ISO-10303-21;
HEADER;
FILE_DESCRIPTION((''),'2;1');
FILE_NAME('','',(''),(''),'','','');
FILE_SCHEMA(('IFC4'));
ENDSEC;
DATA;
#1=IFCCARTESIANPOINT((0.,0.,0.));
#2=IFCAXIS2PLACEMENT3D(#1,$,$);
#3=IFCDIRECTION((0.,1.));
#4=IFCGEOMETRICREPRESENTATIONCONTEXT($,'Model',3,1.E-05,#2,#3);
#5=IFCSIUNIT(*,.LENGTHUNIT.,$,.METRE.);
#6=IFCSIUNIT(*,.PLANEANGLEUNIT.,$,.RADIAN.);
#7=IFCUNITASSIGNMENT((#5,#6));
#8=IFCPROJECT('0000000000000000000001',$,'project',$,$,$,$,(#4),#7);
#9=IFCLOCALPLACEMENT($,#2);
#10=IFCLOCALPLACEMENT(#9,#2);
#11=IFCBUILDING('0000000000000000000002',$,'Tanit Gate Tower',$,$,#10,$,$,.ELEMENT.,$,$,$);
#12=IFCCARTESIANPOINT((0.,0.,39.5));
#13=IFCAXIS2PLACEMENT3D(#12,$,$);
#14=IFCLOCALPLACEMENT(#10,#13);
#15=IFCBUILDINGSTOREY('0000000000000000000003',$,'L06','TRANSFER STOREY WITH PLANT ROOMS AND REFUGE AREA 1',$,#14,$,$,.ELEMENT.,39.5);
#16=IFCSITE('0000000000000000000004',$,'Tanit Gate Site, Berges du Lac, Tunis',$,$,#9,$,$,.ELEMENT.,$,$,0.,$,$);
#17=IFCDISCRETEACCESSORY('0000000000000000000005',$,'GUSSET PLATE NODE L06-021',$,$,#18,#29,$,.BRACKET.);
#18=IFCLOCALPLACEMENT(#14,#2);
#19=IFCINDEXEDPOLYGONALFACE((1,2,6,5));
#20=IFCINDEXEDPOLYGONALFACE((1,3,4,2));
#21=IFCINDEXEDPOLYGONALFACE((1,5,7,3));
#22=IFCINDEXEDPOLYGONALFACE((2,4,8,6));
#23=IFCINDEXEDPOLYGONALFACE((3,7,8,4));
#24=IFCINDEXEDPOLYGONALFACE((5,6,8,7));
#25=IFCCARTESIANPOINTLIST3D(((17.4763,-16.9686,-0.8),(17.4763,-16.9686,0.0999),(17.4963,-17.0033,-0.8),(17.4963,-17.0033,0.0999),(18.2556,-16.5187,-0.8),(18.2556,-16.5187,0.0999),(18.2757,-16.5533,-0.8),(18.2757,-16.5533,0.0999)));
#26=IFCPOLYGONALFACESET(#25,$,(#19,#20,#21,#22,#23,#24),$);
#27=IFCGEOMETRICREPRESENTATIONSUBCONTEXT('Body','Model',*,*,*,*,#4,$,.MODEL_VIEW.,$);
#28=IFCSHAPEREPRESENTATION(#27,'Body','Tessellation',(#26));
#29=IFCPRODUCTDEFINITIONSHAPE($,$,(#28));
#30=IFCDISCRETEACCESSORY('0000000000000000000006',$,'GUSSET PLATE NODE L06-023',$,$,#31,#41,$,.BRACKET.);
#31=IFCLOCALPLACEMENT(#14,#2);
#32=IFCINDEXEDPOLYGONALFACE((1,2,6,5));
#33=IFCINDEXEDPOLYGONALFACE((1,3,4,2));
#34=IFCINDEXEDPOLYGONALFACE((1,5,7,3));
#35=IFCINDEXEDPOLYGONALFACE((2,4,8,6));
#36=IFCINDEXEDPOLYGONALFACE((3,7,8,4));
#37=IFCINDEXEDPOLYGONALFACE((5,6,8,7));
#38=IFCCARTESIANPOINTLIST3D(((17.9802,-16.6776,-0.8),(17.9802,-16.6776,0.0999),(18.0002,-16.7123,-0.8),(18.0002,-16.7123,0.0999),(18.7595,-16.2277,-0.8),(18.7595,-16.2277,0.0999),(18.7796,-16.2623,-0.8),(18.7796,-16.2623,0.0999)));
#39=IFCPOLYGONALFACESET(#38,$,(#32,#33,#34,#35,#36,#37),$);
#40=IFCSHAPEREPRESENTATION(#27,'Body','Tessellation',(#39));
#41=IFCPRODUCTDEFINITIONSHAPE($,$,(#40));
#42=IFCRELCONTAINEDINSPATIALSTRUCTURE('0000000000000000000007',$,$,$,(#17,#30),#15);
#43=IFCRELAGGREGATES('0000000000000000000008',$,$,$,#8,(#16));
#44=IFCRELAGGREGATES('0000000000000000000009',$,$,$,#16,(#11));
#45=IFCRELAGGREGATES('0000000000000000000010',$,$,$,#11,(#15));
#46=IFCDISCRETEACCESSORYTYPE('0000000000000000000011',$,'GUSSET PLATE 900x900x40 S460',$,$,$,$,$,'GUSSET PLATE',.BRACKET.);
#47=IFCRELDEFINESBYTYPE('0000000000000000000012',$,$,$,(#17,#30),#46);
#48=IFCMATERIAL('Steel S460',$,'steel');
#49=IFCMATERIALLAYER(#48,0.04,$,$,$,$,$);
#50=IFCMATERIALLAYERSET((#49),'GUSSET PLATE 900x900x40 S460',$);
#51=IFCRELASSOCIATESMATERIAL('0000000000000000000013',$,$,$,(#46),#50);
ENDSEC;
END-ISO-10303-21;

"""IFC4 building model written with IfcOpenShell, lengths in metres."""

from ifc_helpers import new_model, si_unit, direction, frame, origin, origin_2d, place, context, subcontext, project, spatial, rectangle, extrude, material, layer, layer_set, type_object, element, save


model = new_model("IFC4")

# Units and contexts
model_context = context("Model", 3, precision=1e-05, world=origin(), true_north=direction((0.0, 1.0)))
body_context = subcontext(model_context, "Body", "Model", "MODEL_VIEW")
ifc_project = project(units=[si_unit("LENGTHUNIT", "METRE"), si_unit("PLANEANGLEUNIT", "RADIAN")], contexts=[model_context])

# Site, building, storey
site_placement = place(None, origin())
site = spatial("IfcSite", under=ifc_project, at=site_placement, Name="Tanit Gate Site, Berges du Lac, Tunis", CompositionType="ELEMENT", RefElevation=0.0)
building_placement = place(site_placement, origin())
building = spatial("IfcBuilding", under=site, at=building_placement, Name="Tanit Gate Tower", CompositionType="ELEMENT")
storey_placement = place(building_placement, frame((0.0, 0.0, 39.5)))
storey = spatial("IfcBuildingStorey", under=building, at=storey_placement, Name="L06", Description="TRANSFER STOREY WITH PLANT ROOMS AND REFUGE AREA 1", CompositionType="ELEMENT", Elevation=39.5)

# Discrete accessories
ifc_material_1 = material(Name="Steel S460", Category="steel")
ifc_layer_1 = layer(ifc_material_1, 0.04)
ifc_layer_set_1 = layer_set([ifc_layer_1], Name="GUSSET PLATE 900x900x40 S460")
discrete_accessory_type = type_object("IfcDiscreteAccessoryType", Name="GUSSET PLATE 900x900x40 S460", ElementType="GUSSET PLATE", PredefinedType="BRACKET", material=ifc_layer_set_1)
for number, where, z_axis, x_axis, name in (
    (1, (17.876, -16.761, -0.8), (0.0, 0.0, 1.0), (-0.866025, -0.5, 0.0), "GUSSET PLATE NODE L06-021"),
    (2, (18.3799, -16.47, -0.8), (0.0, 0.0, 1.0), (0.866025, 0.5, 0.0), "GUSSET PLATE NODE L06-023"),
):
    element("IfcDiscreteAccessory", number, at=place(storey_placement, frame(where, z_axis=z_axis, x_axis=x_axis)), inside=storey, type_object=discrete_accessory_type, Name=name, PredefinedType="BRACKET", context=body_context, shape_type="SweptSolid", body=[
        extrude(rectangle(XDim=0.8999, YDim=0.04, at=origin_2d()), origin(), (0.0, 0.0, 1.0), 0.8999),
    ])

save(model, "model.ifc")
